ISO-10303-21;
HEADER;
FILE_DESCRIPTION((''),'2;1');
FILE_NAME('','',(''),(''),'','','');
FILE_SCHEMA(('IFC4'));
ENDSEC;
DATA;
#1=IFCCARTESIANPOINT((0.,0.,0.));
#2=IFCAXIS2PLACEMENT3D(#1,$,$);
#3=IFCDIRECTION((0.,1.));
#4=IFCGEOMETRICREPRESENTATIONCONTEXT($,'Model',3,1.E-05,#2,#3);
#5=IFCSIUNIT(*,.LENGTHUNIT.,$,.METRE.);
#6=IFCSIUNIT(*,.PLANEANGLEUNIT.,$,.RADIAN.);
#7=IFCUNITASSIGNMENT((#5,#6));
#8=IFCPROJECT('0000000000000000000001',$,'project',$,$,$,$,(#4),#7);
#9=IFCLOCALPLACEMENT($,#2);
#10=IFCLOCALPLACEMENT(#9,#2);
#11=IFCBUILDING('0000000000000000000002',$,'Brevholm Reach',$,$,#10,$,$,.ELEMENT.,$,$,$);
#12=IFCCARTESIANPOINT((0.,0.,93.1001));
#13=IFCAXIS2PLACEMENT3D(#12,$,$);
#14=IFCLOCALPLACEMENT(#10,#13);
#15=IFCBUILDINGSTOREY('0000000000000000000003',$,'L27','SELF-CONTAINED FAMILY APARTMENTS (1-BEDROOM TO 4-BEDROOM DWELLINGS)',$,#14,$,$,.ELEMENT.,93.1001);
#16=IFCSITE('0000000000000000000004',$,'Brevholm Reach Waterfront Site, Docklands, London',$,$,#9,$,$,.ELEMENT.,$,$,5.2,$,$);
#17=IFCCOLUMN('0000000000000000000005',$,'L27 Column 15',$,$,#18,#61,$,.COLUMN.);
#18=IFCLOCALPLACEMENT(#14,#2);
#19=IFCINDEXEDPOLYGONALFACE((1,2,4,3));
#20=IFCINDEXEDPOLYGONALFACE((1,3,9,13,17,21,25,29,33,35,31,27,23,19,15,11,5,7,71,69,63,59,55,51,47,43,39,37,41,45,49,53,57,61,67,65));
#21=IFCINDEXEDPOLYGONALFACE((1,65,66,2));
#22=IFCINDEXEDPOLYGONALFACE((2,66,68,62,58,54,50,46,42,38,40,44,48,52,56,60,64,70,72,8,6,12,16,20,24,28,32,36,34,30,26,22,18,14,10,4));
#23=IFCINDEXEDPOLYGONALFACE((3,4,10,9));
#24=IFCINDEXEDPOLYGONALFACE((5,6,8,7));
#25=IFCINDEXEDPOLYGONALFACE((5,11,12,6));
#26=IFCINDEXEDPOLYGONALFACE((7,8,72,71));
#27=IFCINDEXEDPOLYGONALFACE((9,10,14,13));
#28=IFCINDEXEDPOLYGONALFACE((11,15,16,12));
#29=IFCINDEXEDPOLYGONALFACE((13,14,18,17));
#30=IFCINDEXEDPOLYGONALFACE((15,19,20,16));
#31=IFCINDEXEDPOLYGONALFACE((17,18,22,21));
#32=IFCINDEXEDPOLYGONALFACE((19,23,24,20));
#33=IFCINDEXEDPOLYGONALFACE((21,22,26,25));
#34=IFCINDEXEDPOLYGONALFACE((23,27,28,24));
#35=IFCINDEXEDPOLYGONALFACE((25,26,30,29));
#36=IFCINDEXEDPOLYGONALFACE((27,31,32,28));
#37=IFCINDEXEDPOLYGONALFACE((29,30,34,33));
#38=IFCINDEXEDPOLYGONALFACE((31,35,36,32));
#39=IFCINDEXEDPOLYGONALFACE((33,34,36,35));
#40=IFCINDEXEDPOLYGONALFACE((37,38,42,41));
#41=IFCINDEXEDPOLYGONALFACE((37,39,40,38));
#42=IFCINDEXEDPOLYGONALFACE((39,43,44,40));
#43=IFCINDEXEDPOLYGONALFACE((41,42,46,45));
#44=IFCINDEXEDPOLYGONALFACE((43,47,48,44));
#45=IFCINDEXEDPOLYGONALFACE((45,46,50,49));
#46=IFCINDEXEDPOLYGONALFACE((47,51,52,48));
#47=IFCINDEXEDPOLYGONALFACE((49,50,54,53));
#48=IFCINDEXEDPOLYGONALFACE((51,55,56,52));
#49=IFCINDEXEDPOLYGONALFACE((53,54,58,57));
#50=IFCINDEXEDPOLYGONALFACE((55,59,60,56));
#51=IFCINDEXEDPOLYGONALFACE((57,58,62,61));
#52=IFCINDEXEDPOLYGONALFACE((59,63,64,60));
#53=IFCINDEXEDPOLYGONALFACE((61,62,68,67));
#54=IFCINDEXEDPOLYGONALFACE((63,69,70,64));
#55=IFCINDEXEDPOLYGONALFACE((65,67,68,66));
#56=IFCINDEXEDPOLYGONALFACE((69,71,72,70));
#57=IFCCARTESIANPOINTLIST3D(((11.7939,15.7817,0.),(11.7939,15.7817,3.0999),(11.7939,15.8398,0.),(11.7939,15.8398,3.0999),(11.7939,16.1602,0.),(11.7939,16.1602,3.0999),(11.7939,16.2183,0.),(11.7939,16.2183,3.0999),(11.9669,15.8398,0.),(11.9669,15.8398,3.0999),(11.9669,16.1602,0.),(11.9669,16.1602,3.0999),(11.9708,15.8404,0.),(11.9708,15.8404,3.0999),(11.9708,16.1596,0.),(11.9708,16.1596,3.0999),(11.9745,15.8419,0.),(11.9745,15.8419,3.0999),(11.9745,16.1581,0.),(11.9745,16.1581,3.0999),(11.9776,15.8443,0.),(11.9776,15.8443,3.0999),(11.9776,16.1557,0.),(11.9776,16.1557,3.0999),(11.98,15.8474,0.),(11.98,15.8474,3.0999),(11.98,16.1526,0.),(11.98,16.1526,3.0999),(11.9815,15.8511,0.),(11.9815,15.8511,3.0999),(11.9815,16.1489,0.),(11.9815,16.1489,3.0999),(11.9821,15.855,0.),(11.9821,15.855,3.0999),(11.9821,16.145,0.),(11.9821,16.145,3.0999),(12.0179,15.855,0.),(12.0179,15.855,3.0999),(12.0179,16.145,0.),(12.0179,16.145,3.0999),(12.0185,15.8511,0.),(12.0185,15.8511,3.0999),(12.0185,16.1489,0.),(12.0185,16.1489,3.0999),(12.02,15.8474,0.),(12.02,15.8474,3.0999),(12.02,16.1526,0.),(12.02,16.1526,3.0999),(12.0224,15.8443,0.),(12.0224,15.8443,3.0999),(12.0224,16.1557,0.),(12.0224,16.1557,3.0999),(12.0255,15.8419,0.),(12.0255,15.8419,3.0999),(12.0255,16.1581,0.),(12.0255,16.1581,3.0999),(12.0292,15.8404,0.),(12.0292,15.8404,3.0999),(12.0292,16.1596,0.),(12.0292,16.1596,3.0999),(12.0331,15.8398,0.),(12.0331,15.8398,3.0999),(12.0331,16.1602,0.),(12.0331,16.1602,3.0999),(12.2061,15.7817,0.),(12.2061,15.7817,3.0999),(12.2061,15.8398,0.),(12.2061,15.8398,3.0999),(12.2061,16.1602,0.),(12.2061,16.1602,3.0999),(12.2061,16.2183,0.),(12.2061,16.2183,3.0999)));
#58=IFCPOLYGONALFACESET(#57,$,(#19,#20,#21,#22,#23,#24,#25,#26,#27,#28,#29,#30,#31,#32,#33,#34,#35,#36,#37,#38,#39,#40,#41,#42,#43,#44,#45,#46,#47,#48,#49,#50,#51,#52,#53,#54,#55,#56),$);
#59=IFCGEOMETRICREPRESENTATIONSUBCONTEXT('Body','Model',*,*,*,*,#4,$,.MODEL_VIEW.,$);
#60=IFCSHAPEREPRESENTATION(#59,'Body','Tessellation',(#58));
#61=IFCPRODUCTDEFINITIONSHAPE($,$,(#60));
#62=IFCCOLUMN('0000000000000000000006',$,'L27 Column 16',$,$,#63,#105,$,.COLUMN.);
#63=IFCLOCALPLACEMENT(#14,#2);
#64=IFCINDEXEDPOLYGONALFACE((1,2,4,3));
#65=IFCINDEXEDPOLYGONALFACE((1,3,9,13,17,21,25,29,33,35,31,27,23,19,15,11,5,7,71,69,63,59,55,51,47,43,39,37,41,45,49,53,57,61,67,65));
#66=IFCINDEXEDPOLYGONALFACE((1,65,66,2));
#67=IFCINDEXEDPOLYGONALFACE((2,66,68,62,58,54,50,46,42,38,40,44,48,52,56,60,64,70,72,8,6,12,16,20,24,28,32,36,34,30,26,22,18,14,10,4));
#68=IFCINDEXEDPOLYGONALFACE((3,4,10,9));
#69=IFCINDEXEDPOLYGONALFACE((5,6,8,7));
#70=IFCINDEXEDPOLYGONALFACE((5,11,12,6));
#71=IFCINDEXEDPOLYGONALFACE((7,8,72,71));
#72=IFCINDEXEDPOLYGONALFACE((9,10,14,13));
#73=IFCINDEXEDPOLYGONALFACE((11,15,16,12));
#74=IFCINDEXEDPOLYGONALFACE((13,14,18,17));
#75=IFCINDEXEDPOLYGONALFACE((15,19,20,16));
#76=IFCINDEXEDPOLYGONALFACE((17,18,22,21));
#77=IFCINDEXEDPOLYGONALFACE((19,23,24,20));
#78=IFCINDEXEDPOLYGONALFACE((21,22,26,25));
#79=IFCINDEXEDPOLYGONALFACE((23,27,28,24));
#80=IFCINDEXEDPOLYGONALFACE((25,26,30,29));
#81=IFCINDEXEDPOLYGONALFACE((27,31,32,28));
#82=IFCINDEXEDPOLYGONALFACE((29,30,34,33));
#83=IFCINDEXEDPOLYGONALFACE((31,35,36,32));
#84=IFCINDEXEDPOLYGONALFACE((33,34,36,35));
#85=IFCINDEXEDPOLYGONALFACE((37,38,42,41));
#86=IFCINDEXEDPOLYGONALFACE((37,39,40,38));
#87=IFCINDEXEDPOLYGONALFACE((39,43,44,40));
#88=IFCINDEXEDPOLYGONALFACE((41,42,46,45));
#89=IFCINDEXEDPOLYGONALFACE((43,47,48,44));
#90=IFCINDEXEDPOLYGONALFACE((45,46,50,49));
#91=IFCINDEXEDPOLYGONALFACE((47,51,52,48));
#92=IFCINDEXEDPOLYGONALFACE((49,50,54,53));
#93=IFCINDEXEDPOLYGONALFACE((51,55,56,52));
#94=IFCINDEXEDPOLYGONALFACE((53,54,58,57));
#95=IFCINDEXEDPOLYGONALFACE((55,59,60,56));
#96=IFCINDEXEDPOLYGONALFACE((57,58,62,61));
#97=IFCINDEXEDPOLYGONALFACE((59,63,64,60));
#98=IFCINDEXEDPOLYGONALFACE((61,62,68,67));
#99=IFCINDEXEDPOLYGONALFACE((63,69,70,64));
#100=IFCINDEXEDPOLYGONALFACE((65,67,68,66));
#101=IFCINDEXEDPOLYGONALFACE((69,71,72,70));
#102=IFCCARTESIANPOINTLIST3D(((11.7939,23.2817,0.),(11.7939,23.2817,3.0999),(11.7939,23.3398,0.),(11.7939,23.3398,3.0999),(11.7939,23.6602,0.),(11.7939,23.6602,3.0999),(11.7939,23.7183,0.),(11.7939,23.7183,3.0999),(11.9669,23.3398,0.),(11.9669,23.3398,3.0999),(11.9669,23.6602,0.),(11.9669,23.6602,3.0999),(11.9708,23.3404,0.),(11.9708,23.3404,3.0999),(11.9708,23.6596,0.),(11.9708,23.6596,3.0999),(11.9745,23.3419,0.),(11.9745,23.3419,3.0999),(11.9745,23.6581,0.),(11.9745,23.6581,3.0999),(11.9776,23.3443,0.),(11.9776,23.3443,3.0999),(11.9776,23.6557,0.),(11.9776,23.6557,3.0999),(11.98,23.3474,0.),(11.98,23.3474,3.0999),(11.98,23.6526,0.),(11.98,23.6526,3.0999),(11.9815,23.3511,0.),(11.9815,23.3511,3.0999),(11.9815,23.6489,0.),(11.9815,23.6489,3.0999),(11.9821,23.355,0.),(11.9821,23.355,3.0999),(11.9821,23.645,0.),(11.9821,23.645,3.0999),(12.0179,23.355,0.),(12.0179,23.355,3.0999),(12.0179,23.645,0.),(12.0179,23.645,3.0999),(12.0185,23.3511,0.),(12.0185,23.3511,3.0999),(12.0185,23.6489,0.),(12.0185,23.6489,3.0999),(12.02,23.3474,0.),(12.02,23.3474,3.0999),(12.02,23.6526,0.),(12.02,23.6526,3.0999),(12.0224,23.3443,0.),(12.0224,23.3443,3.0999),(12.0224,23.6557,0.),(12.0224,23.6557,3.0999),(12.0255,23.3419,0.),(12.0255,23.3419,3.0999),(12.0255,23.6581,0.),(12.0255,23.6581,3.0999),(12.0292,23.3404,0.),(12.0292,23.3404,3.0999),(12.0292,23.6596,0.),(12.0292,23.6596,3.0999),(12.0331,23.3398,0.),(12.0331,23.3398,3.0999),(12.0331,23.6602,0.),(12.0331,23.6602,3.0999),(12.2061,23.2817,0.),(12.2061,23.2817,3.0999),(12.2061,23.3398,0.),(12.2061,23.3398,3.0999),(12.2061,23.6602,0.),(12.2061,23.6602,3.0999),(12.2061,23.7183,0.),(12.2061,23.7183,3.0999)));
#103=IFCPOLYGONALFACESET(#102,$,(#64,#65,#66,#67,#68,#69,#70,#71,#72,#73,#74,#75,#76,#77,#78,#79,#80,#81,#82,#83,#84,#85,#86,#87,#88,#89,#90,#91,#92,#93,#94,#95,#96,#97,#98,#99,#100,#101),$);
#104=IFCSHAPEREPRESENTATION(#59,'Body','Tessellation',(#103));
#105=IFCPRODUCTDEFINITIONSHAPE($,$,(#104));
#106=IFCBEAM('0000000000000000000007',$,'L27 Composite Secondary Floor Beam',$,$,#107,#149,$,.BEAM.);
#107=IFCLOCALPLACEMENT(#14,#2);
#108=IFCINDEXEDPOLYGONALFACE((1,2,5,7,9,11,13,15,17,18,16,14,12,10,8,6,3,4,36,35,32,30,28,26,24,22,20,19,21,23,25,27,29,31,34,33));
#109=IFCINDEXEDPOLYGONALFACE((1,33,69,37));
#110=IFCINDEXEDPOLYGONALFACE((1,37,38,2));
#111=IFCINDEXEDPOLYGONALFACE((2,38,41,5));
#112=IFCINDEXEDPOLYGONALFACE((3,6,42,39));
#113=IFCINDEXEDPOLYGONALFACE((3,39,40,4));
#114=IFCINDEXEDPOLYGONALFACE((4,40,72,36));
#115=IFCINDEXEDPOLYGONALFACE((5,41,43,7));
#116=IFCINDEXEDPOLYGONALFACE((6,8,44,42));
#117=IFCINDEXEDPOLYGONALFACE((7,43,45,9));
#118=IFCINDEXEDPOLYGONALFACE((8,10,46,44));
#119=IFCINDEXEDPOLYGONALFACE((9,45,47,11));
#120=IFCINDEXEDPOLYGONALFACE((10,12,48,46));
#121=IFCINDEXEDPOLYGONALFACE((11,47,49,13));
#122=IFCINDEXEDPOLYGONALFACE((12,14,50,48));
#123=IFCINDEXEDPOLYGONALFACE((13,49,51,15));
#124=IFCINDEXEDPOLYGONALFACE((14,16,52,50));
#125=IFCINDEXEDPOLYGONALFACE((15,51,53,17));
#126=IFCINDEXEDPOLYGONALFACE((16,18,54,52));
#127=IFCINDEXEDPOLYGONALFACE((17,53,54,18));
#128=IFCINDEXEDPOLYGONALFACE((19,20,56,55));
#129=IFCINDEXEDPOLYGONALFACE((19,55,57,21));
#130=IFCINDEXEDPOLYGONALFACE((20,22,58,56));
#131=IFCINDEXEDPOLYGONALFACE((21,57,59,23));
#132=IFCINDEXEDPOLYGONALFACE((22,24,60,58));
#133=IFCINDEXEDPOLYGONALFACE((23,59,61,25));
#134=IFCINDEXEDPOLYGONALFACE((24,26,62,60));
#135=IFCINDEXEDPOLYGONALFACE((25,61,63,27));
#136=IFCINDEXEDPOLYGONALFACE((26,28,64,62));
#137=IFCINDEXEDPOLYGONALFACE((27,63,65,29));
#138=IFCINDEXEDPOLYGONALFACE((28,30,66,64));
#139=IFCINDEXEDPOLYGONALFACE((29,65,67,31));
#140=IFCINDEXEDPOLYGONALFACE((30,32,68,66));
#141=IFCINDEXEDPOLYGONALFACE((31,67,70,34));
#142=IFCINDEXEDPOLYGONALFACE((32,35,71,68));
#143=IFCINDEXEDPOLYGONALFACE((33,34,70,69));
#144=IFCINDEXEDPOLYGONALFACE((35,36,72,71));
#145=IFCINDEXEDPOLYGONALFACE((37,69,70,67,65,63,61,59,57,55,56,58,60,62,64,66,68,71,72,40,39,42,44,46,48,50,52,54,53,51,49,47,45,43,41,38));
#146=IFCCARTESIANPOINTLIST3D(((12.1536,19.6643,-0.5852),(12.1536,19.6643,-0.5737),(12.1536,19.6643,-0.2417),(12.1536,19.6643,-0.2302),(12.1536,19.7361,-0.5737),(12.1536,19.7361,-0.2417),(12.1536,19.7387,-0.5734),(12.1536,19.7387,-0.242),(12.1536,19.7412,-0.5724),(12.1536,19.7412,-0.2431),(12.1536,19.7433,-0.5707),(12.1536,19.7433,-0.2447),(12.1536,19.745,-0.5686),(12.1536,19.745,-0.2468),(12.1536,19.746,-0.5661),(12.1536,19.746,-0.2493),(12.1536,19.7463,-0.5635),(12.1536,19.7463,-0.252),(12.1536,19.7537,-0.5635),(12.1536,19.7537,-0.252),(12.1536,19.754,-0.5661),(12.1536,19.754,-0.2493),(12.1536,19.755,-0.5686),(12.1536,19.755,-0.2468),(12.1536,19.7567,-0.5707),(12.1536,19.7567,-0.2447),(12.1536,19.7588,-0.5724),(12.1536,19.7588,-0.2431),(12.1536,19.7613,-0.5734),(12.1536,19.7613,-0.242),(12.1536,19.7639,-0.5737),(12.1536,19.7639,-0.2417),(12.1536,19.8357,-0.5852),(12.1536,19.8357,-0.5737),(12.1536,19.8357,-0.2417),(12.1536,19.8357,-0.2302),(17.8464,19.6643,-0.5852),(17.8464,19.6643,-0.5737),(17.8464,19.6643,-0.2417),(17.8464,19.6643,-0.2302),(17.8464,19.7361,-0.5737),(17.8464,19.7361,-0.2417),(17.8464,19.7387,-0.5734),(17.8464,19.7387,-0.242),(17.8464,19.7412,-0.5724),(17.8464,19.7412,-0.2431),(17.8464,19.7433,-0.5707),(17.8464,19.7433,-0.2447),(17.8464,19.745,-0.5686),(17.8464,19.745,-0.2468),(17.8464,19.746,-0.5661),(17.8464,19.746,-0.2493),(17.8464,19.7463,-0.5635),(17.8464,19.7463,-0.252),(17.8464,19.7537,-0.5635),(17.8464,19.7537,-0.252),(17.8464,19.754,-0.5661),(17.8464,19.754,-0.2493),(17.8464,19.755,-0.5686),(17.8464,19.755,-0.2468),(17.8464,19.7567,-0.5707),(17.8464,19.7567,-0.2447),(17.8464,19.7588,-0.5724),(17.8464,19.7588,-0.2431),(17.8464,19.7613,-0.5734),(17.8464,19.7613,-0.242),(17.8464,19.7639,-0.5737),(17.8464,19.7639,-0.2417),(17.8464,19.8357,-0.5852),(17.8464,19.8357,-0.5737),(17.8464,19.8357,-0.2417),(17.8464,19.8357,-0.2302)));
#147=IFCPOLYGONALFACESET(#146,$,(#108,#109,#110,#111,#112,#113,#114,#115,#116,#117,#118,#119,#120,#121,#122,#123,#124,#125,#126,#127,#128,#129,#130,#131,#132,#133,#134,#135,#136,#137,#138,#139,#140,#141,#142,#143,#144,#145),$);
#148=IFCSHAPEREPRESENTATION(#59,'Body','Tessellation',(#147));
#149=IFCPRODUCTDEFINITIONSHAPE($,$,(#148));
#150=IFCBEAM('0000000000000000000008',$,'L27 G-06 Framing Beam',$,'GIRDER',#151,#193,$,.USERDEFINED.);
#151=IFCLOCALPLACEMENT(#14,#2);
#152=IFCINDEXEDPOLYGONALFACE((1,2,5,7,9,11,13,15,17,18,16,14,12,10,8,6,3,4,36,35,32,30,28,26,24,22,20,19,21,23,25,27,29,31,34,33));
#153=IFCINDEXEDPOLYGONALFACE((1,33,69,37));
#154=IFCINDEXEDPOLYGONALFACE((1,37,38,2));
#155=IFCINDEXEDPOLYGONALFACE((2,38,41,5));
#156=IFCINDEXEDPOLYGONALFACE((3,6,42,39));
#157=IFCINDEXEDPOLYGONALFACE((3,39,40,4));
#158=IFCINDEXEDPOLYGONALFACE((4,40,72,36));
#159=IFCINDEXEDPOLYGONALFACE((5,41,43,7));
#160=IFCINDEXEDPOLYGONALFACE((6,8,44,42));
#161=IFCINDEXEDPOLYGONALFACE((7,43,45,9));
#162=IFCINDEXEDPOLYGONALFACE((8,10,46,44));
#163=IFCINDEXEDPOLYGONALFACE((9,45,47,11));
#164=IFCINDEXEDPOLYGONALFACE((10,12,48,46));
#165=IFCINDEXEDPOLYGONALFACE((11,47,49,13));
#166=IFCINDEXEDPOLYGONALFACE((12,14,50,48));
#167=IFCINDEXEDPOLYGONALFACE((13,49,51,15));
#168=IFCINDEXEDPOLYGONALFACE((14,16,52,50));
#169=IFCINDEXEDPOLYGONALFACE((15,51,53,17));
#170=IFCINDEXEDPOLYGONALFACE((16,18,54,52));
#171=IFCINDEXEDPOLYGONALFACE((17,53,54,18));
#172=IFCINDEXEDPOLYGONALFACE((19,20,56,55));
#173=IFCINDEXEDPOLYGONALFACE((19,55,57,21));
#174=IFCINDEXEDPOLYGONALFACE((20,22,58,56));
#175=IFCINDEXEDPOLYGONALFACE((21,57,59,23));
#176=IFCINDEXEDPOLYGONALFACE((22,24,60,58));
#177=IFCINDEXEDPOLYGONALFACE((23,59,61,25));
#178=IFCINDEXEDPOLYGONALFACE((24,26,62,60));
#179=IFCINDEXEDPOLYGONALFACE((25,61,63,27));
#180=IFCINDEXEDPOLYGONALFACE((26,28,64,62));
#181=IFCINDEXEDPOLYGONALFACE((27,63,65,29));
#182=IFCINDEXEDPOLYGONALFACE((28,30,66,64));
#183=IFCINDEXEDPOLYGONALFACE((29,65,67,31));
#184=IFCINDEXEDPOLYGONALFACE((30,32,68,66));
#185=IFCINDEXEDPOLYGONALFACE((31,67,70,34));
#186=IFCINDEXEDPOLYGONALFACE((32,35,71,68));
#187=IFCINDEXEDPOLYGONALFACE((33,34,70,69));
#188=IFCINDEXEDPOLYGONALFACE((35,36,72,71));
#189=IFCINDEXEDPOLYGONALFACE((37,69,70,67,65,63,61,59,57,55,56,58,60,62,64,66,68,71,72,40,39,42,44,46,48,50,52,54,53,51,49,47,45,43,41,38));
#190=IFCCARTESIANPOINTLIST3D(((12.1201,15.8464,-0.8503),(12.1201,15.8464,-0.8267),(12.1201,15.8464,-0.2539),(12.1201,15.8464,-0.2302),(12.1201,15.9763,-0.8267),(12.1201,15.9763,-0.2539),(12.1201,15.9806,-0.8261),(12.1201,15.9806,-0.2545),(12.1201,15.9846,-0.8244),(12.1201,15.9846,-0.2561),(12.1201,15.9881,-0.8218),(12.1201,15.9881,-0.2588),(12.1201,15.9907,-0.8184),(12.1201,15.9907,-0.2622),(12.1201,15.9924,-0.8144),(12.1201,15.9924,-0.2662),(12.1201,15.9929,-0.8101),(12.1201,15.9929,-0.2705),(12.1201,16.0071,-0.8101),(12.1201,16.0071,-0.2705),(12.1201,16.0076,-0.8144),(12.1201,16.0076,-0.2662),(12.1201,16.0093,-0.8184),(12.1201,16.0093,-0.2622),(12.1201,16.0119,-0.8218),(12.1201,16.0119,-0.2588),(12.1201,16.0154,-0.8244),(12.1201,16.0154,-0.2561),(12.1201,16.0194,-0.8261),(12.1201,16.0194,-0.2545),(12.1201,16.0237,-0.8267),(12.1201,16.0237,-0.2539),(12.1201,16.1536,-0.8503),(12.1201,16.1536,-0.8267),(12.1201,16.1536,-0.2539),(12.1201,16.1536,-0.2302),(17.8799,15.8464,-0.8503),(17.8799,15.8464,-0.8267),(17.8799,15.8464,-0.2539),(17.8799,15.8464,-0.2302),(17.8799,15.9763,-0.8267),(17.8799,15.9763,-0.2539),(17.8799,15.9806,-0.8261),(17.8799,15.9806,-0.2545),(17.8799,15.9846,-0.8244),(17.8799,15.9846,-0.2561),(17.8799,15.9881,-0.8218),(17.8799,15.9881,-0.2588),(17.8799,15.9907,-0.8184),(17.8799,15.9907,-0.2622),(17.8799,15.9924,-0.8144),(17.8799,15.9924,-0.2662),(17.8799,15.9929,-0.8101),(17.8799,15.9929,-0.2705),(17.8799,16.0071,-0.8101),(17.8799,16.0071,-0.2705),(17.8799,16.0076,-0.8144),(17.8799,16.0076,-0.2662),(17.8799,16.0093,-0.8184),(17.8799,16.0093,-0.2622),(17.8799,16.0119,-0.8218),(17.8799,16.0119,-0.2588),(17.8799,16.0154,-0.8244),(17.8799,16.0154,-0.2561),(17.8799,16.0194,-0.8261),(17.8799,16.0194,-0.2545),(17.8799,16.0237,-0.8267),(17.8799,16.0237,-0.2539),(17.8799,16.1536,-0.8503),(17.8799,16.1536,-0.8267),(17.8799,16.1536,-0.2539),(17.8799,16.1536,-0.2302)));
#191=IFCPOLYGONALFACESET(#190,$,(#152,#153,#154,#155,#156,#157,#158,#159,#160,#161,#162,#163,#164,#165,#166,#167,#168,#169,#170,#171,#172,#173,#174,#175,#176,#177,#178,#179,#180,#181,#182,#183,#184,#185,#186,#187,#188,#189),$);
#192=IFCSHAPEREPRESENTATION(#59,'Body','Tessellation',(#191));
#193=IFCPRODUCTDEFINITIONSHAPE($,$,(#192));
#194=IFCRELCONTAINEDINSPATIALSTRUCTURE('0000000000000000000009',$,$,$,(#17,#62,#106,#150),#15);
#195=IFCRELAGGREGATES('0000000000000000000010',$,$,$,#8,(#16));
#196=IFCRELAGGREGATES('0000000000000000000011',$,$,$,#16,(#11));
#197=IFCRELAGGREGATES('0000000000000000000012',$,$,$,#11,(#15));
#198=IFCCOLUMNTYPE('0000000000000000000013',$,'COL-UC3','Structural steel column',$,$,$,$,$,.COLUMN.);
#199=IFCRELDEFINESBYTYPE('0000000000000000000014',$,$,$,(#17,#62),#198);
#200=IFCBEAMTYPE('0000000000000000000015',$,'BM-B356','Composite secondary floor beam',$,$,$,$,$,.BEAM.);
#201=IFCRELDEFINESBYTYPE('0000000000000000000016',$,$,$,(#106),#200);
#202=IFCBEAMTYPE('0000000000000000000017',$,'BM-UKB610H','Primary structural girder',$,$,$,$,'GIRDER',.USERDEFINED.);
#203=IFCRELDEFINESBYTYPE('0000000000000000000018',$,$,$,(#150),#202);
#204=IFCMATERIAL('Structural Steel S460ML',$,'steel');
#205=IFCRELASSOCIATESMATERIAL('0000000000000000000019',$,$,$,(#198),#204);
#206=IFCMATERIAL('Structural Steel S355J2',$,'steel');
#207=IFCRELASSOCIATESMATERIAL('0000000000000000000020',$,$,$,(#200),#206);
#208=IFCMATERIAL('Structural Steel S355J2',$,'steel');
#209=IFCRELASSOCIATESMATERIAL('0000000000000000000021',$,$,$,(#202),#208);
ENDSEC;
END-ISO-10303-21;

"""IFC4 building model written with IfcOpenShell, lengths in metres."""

from ifc_helpers import new_model, si_unit, direction, frame, origin, origin_2d, place, context, subcontext, project, spatial, i_section, extrude, material, material_profile, profile_set, type_object, element, save


model = new_model("IFC4")

# Units and contexts
model_context = context("Model", 3, precision=1e-05, world=origin(), true_north=direction((0.0, 1.0)))
body_context = subcontext(model_context, "Body", "Model", "MODEL_VIEW")
ifc_project = project(units=[si_unit("LENGTHUNIT", "METRE"), si_unit("PLANEANGLEUNIT", "RADIAN")], contexts=[model_context])

# Site, building, storey
site_placement = place(None, origin())
site = spatial("IfcSite", under=ifc_project, at=site_placement, Name="Brevholm Reach Waterfront Site, Docklands, London", CompositionType="ELEMENT", RefElevation=5.2)
building_placement = place(site_placement, origin())
building = spatial("IfcBuilding", under=site, at=building_placement, Name="Brevholm Reach", CompositionType="ELEMENT")
storey_placement = place(building_placement, frame((0.0, 0.0, 93.1001)))
storey = spatial("IfcBuildingStorey", under=building, at=storey_placement, Name="L27", Description="SELF-CONTAINED FAMILY APARTMENTS (1-BEDROOM TO 4-BEDROOM DWELLINGS)", CompositionType="ELEMENT", Elevation=93.1001)

# Columns
ifc_material_1 = material(Name="Structural Steel S460ML", Category="steel")
ifc_material_profile_1 = material_profile(ifc_material_1, i_section(OverallWidth=0.4121, OverallDepth=0.4365, WebThickness=0.0359, FlangeThickness=0.0581, FilletRadius=0.0151, at=origin_2d()), Name="UKC 356x406x467")
ifc_profile_set_1 = profile_set([ifc_material_profile_1], Name="Structural Steel S460ML")
column_type = type_object("IfcColumnType", Name="COL-UC3", Description="Structural steel column", PredefinedType="COLUMN", material=ifc_profile_set_1)
for number, where, z_axis, x_axis, name in (
    (1, (12.0, 16.0, 0.0), (0.0, 0.0, 1.0), (1.0, 0.0, 0.0), "L27 Column 15"),
    (2, (12.0, 23.5, 0.0), (0.0, 0.0, 1.0), (1.0, 0.0, 0.0), "L27 Column 16"),
):
    element("IfcColumn", number, at=place(storey_placement, frame(where, z_axis=z_axis, x_axis=x_axis)), inside=storey, type_object=column_type, Name=name, PredefinedType="COLUMN", context=body_context, shape_type="SweptSolid", body=[
        extrude(i_section(OverallWidth=0.4121, OverallDepth=0.4365, WebThickness=0.0359, FlangeThickness=0.0581, FilletRadius=0.0151, at=origin_2d()), origin(), (0.0, 0.0, 1.0), 3.0999),
    ])

# Beams
ifc_material_2 = material(Name="Structural Steel S355J2", Category="steel")
ifc_material_profile_2 = material_profile(ifc_material_2, i_section(OverallWidth=0.1714, OverallDepth=0.355, WebThickness=0.0073, FlangeThickness=0.0115, FilletRadius=0.0103, at=origin_2d()), Name="UKB 356x171x51")
ifc_profile_set_2 = profile_set([ifc_material_profile_2], Name="Structural Steel S355J2")
beam_type_1 = type_object("IfcBeamType", Name="BM-B356", Description="Composite secondary floor beam", PredefinedType="BEAM", material=ifc_profile_set_2)
beam_1_placement = place(storey_placement, frame((12.1536, 19.75, -0.4077), z_axis=(1.0, 0.0, 0.0), x_axis=(0.0, 1.0, 0.0)))
element("IfcBeam", 3, at=beam_1_placement, inside=storey, type_object=beam_type_1, Name="L27 Composite Secondary Floor Beam", PredefinedType="BEAM", context=body_context, shape_type="SweptSolid", body=[
    extrude(i_section(OverallWidth=0.1714, OverallDepth=0.355, WebThickness=0.0073, FlangeThickness=0.0115, FilletRadius=0.0103, at=origin_2d()), origin(), (0.0, 0.0, 1.0), 5.6929),
])
ifc_material_3 = material(Name="Structural Steel S355J2", Category="steel")
ifc_material_profile_3 = material_profile(ifc_material_3, i_section(OverallWidth=0.3071, OverallDepth=0.6201, WebThickness=0.0142, FlangeThickness=0.0237, FilletRadius=0.0166, at=origin_2d()), Name="UKB 610x305x179")
ifc_profile_set_3 = profile_set([ifc_material_profile_3], Name="Structural Steel S355J2")
beam_type_2 = type_object("IfcBeamType", Name="BM-UKB610H", Description="Primary structural girder", ElementType="GIRDER", PredefinedType="USERDEFINED", material=ifc_profile_set_3)
for number, where, z_axis, x_axis, name in (
    (4, (12.1201, 16.0, -0.5403), (1.0, 0.0, 0.0), (0.0, 1.0, 0.0), "L27 G-06 Framing Beam"),
):
    element("IfcBeam", number, at=place(storey_placement, frame(where, z_axis=z_axis, x_axis=x_axis)), inside=storey, type_object=beam_type_2, Name=name, ObjectType="GIRDER", PredefinedType="USERDEFINED", context=body_context, shape_type="SweptSolid", body=[
        extrude(i_section(OverallWidth=0.3071, OverallDepth=0.6201, WebThickness=0.0142, FlangeThickness=0.0237, FilletRadius=0.0166, at=origin_2d()), origin(), (0.0, 0.0, 1.0), 5.7598),
    ])

save(model, "model.ifc")
